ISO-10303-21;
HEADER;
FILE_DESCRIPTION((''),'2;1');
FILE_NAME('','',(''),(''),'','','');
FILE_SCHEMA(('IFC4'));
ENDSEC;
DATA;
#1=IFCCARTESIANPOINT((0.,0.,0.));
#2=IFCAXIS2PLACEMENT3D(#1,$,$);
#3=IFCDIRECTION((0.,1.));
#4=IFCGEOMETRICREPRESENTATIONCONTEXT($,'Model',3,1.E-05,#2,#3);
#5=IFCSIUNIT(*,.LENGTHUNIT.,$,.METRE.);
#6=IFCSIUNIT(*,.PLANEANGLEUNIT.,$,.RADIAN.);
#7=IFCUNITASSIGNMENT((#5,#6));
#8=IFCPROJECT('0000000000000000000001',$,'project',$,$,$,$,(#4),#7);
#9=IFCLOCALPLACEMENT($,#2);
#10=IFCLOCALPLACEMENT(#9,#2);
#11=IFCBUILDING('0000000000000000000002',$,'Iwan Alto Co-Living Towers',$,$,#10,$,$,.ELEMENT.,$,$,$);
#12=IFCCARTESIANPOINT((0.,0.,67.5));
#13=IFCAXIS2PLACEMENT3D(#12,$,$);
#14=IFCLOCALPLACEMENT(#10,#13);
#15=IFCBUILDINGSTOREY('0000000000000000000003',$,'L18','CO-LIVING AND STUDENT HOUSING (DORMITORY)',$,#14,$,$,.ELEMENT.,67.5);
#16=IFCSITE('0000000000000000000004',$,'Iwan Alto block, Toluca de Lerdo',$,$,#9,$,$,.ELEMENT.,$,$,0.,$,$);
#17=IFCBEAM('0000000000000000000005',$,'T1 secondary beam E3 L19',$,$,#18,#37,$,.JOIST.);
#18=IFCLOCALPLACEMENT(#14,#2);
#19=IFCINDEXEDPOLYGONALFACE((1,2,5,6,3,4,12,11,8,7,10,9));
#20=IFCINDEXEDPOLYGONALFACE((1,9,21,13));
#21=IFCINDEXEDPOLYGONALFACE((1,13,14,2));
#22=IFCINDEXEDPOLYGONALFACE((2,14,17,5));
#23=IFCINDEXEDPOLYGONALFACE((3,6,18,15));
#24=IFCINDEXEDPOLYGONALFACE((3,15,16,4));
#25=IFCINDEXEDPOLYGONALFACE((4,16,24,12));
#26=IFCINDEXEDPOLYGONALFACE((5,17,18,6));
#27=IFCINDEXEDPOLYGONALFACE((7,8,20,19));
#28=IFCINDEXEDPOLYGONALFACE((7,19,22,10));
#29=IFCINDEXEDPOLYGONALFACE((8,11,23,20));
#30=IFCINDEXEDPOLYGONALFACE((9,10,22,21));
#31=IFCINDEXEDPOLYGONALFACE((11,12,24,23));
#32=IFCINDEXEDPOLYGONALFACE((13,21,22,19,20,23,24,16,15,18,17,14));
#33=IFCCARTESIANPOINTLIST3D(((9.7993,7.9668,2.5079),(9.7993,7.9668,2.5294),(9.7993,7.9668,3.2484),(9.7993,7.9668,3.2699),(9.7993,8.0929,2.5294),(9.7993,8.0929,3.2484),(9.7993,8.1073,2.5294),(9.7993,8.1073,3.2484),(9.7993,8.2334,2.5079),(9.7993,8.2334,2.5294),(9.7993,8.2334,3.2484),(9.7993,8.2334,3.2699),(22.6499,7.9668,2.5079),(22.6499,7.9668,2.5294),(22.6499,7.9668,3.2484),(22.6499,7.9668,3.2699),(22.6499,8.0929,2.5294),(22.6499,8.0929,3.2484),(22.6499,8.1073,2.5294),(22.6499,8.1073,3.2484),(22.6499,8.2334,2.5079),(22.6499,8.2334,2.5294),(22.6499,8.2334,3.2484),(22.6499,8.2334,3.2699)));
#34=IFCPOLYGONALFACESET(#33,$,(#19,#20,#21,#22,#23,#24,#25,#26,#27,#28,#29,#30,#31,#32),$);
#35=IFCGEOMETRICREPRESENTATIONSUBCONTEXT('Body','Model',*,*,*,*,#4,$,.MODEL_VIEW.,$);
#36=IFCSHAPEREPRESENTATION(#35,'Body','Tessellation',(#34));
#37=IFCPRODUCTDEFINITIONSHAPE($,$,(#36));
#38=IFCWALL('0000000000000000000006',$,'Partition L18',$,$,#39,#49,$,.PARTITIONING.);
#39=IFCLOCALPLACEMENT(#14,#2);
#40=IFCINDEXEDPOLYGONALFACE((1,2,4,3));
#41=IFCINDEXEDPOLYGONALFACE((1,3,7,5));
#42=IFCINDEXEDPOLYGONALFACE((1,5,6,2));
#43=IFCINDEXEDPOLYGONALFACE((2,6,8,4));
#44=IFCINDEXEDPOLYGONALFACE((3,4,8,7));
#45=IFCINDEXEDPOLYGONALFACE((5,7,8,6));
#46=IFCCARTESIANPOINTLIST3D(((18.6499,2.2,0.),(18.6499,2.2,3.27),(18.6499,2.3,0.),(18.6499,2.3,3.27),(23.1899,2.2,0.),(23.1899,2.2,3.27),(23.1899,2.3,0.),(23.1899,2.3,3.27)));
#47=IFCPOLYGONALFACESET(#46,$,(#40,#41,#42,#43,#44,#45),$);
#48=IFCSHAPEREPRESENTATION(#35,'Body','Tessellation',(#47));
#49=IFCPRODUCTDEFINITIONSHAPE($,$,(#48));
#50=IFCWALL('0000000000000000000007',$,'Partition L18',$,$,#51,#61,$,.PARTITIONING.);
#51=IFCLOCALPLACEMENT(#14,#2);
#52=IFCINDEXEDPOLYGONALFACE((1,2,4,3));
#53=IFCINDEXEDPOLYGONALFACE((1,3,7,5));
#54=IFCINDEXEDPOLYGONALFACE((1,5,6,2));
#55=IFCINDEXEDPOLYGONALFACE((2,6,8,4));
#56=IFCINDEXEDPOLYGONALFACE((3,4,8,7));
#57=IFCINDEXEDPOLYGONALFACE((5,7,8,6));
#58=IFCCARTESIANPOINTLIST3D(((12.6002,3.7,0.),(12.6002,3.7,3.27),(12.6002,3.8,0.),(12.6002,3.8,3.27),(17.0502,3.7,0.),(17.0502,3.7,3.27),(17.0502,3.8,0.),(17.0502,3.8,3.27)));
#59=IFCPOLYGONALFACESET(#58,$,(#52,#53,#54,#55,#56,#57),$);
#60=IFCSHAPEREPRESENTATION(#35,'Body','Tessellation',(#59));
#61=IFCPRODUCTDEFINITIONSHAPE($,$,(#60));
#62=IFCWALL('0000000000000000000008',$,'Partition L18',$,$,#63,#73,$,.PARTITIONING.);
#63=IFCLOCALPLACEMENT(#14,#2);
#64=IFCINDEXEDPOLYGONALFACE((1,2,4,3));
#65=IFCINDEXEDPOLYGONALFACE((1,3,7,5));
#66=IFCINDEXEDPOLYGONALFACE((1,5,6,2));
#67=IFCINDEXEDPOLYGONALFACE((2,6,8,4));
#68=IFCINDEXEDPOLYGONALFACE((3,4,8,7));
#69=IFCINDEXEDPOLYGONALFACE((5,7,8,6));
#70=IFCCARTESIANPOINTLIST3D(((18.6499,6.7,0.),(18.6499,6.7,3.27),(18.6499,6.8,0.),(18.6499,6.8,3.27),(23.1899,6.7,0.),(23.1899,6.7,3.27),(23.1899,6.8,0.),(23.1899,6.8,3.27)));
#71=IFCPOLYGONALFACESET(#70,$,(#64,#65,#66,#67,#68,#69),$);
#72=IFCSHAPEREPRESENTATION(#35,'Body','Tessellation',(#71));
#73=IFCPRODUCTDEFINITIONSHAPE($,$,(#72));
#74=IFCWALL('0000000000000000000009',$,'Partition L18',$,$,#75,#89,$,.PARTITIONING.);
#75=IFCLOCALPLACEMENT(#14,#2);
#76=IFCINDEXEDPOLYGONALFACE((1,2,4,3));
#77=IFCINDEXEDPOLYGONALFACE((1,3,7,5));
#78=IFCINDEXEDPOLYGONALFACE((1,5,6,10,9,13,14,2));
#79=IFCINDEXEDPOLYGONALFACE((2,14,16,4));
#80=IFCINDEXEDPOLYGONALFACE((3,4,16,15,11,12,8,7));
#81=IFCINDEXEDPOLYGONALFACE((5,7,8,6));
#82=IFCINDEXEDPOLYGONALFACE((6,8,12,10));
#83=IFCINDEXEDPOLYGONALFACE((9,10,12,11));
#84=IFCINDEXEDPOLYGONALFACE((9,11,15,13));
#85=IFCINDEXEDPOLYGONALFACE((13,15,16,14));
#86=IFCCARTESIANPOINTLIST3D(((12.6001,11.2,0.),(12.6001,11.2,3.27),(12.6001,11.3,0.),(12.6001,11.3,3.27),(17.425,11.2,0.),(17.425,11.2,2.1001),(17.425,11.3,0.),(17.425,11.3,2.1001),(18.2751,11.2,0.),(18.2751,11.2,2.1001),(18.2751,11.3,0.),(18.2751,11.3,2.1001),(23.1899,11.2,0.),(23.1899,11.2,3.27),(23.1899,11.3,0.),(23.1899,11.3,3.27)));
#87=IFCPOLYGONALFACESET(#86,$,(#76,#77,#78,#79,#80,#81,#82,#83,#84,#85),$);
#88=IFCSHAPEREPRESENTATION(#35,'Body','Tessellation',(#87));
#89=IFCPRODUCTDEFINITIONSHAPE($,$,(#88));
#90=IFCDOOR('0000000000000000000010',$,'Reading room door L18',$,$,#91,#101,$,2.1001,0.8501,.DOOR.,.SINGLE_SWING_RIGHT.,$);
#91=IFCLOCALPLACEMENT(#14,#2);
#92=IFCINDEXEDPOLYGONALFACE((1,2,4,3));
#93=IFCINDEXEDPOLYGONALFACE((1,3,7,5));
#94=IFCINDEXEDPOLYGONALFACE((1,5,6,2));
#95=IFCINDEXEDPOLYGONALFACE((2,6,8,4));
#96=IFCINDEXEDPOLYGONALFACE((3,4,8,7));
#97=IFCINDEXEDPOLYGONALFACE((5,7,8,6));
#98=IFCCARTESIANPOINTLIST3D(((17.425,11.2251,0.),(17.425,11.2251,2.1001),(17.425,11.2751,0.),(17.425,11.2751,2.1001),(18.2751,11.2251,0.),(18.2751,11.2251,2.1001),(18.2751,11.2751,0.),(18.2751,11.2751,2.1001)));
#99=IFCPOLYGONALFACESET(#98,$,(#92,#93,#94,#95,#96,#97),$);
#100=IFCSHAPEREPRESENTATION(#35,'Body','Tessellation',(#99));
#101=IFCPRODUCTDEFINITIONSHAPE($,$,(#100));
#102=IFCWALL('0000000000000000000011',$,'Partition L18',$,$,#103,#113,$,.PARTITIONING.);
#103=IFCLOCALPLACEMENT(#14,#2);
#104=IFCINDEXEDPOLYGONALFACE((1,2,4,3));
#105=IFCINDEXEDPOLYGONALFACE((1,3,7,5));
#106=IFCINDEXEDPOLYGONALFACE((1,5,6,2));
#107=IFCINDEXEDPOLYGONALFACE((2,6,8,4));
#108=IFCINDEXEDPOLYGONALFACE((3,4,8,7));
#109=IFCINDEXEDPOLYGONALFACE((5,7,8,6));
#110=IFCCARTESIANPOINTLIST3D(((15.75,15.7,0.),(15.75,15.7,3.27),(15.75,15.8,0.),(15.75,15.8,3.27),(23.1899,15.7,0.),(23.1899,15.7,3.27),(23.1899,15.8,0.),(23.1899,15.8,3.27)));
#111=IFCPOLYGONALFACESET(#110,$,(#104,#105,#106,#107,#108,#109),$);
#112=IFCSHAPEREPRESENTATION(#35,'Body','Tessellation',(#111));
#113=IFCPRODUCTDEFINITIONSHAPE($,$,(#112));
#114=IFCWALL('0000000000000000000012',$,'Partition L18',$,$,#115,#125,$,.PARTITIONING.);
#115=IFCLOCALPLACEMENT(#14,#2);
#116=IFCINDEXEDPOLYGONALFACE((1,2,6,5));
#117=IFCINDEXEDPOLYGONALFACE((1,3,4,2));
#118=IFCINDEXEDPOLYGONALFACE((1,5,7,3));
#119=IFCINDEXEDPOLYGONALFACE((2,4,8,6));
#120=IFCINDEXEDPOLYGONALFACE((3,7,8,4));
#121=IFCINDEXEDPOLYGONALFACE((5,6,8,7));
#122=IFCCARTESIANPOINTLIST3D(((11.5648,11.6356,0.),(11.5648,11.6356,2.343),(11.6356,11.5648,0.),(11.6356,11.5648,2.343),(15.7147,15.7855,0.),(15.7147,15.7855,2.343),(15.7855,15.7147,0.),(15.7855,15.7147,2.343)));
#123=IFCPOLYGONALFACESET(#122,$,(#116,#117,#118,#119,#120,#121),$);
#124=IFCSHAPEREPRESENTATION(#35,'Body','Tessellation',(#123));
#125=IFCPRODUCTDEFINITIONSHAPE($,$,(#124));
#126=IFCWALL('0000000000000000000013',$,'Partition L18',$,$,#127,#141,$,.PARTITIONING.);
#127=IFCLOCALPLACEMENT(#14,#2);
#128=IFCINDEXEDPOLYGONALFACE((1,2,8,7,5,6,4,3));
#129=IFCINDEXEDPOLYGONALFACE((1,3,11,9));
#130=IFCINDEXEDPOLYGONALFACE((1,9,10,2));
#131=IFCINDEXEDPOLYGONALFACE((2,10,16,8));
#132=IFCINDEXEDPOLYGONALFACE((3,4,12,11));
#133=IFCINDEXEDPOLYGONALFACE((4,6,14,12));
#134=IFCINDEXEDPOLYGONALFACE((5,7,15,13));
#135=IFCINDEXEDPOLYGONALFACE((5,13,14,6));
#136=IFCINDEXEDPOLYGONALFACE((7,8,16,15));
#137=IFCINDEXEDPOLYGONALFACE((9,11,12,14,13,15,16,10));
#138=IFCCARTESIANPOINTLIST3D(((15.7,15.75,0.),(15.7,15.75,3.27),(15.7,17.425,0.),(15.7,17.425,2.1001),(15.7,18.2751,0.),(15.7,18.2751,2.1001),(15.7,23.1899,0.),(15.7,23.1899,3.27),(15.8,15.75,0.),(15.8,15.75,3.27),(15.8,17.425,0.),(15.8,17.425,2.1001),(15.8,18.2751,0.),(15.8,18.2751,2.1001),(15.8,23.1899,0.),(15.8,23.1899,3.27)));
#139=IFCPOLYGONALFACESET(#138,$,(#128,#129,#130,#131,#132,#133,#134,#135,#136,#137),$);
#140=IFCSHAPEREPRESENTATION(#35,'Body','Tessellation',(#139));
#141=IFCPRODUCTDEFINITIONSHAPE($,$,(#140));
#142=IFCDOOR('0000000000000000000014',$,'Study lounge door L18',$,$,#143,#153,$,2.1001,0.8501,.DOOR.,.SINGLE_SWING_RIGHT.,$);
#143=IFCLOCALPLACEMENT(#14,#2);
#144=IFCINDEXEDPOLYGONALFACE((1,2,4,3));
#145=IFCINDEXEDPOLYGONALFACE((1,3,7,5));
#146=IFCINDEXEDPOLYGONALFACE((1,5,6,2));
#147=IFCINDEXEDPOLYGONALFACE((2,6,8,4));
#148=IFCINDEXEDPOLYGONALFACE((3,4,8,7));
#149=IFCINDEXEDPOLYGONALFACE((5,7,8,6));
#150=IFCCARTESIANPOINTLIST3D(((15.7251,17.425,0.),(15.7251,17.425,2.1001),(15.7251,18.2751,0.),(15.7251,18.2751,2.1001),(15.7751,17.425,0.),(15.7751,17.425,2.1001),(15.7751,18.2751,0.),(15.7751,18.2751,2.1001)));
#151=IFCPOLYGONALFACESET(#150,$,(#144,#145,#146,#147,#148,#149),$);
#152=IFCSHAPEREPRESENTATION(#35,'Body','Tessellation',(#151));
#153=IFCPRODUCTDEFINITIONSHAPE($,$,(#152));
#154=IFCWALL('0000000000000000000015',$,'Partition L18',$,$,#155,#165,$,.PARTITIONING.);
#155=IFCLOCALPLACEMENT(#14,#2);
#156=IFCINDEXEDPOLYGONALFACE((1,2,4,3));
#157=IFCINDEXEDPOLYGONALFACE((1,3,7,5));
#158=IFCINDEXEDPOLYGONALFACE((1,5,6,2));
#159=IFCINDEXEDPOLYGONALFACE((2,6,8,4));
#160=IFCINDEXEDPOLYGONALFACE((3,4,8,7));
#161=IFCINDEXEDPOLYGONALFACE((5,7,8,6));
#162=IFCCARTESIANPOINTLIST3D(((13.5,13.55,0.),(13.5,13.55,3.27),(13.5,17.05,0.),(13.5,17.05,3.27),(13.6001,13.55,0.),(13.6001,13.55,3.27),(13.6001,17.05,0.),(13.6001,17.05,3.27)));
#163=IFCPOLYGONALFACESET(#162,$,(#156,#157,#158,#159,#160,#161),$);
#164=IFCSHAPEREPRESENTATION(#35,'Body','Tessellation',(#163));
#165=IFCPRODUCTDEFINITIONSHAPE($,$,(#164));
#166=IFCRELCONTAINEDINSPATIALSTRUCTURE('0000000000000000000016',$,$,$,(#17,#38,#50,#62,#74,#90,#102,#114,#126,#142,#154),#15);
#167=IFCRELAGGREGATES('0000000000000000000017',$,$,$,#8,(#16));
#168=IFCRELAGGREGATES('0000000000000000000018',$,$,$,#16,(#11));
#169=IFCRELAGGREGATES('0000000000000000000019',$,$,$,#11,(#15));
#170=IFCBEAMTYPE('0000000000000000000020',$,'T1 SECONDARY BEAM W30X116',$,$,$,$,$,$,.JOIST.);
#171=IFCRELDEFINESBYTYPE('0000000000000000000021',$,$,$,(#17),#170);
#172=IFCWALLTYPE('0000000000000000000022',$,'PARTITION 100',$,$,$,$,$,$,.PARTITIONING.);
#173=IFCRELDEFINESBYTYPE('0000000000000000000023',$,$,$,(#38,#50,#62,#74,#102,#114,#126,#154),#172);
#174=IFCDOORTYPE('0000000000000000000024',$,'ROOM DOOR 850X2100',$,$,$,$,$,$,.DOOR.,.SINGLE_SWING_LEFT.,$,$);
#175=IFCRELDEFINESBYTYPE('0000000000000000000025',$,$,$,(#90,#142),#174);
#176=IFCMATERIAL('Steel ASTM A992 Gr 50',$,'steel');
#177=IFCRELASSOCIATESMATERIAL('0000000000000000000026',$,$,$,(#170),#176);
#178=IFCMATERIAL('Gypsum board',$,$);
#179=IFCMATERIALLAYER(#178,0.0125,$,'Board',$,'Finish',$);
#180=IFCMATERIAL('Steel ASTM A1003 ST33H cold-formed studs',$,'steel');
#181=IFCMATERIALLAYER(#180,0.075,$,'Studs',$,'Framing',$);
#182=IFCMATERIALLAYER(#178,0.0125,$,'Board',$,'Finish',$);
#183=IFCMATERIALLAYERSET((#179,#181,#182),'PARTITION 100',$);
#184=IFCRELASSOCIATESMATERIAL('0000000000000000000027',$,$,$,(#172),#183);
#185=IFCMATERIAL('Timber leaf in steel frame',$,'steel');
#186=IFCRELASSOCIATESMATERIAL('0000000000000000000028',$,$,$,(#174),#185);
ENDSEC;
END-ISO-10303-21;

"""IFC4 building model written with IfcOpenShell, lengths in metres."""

from ifc_helpers import new_model, si_unit, direction, frame, frame_2d, origin, origin_2d, place, context, subcontext, project, spatial, rectangle, i_section, extrude, material, layer, layer_set, material_profile, profile_set, type_object, element, fill, save


model = new_model("IFC4")

# Units and contexts
model_context = context("Model", 3, precision=1e-05, world=origin(), true_north=direction((0.0, 1.0)))
body_context = subcontext(model_context, "Body", "Model", "MODEL_VIEW")
ifc_project = project(units=[si_unit("LENGTHUNIT", "METRE"), si_unit("PLANEANGLEUNIT", "RADIAN")], contexts=[model_context])

# Site, building, storey
site_placement = place(None, origin())
site = spatial("IfcSite", under=ifc_project, at=site_placement, Name="Iwan Alto block, Toluca de Lerdo", CompositionType="ELEMENT", RefElevation=0.0)
building_placement = place(site_placement, origin())
building = spatial("IfcBuilding", under=site, at=building_placement, Name="Iwan Alto Co-Living Towers", CompositionType="ELEMENT")
storey_placement = place(building_placement, frame((0.0, 0.0, 67.5)))
storey = spatial("IfcBuildingStorey", under=building, at=storey_placement, Name="L18", Description="CO-LIVING AND STUDENT HOUSING (DORMITORY)", CompositionType="ELEMENT", Elevation=67.5)

# Beam
ifc_material_1 = material(Name="Steel ASTM A992 Gr 50", Category="steel")
ifc_material_profile_1 = material_profile(ifc_material_1, i_section(OverallWidth=0.2666, OverallDepth=0.762, WebThickness=0.0144, FlangeThickness=0.0215, at=origin_2d()), Name="W30X116")
ifc_profile_set_1 = profile_set([ifc_material_profile_1], Name="Steel ASTM A992 Gr 50")
beam_type_1 = type_object("IfcBeamType", Name="T1 SECONDARY BEAM W30X116", PredefinedType="JOIST", material=ifc_profile_set_1)
for number, where, z_axis, x_axis, name in (
    (1, (22.6499, 8.1001, 2.8889), (-1.0, 0.0, 0.0), (0.0, -1.0, 0.0), "T1 secondary beam E3 L19"),
):
    element("IfcBeam", number, at=place(storey_placement, frame(where, z_axis=z_axis, x_axis=x_axis)), inside=storey, type_object=beam_type_1, Name=name, PredefinedType="JOIST", context=body_context, shape_type="SweptSolid", body=[
        extrude(i_section(OverallWidth=0.2666, OverallDepth=0.762, WebThickness=0.0144, FlangeThickness=0.0215, at=origin_2d()), origin(), (0.0, 0.0, 1.0), 12.8506),
    ])

# Walls
ifc_material_2 = material(Name="Gypsum board")
ifc_layer_1 = layer(ifc_material_2, 0.0125, Name="Board", Category="Finish")
ifc_material_3 = material(Name="Steel ASTM A1003 ST33H cold-formed studs", Category="steel")
ifc_layer_2 = layer(ifc_material_3, 0.075, Name="Studs", Category="Framing")
ifc_layer_3 = layer(ifc_material_2, 0.0125, Name="Board", Category="Finish")
ifc_layer_set_1 = layer_set([ifc_layer_1, ifc_layer_2, ifc_layer_3], Name="PARTITION 100")
wall_type_1 = type_object("IfcWallType", Name="PARTITION 100", PredefinedType="PARTITIONING", material=ifc_layer_set_1)
wall_1_placement = place(storey_placement, frame((18.6499, 2.25, 0.0), z_axis=(0.0, 0.0, 1.0), x_axis=(1.0, 0.0, 0.0)))
element("IfcWall", 2, at=wall_1_placement, inside=storey, type_object=wall_type_1, Name="Partition L18", PredefinedType="PARTITIONING", context=body_context, shape_type="SweptSolid", body=[
    extrude(rectangle(XDim=4.54, YDim=0.1001, at=frame_2d((2.27, 0.0))), origin(), (0.0, 0.0, 1.0), 3.27),
])
wall_2_placement = place(storey_placement, frame((12.6001, 3.75, 0.0), z_axis=(0.0, 0.0, 1.0), x_axis=(1.0, 0.0, 0.0)))
element("IfcWall", 3, at=wall_2_placement, inside=storey, type_object=wall_type_1, Name="Partition L18", PredefinedType="PARTITIONING", context=body_context, shape_type="SweptSolid", body=[
    extrude(rectangle(XDim=4.45, YDim=0.1001, at=frame_2d((2.2251, 0.0))), origin(), (0.0, 0.0, 1.0), 3.27),
])
wall_3_placement = place(storey_placement, frame((18.6499, 6.75, 0.0), z_axis=(0.0, 0.0, 1.0), x_axis=(1.0, 0.0, 0.0)))
element("IfcWall", 4, at=wall_3_placement, inside=storey, type_object=wall_type_1, Name="Partition L18", PredefinedType="PARTITIONING", context=body_context, shape_type="SweptSolid", body=[
    extrude(rectangle(XDim=4.54, YDim=0.1001, at=frame_2d((2.27, 0.0))), origin(), (0.0, 0.0, 1.0), 3.27),
])

# Wall, opening, door
wall_4_placement = place(storey_placement, frame((12.6001, 11.25, 0.0), z_axis=(0.0, 0.0, 1.0), x_axis=(1.0, 0.0, 0.0)))
wall_4 = element("IfcWall", 5, at=wall_4_placement, inside=storey, type_object=wall_type_1, Name="Partition L18", PredefinedType="PARTITIONING", context=body_context, shape_type="SweptSolid", body=[
    extrude(rectangle(XDim=10.5898, YDim=0.1001, at=frame_2d((5.2949, 0.0))), origin(), (0.0, 0.0, 1.0), 3.27),
])
opening_1_placement = place(wall_4_placement, frame((4.825, 0.0, 0.0)))
opening_1 = element("IfcOpeningElement", 6, at=opening_1_placement, cuts=wall_4, PredefinedType="OPENING", context=body_context, shape_type="SweptSolid", body=[
    extrude(rectangle(XDim=0.8501, YDim=2.1001, at=frame_2d((0.425, 1.05))), frame((0.0, 0.0601, 0.0), z_axis=(0.0, -1.0, 0.0), x_axis=(1.0, 0.0, 0.0)), (0.0, 0.0, 1.0), 0.1201),
])
ifc_material_4 = material(Name="Timber leaf in steel frame", Category="steel")
door_type = type_object("IfcDoorType", Name="ROOM DOOR 850X2100", OperationType="SINGLE_SWING_LEFT", PredefinedType="DOOR", material=ifc_material_4)
door_1_placement = place(opening_1_placement, frame((0.8501, 0.0, 0.0), z_axis=(0.0, 0.0, 1.0), x_axis=(-1.0, 0.0, 0.0)))
door_1 = element("IfcDoor", 7, at=door_1_placement, inside=storey, type_object=door_type, Name="Reading room door L18", OperationType="SINGLE_SWING_RIGHT", OverallHeight=2.1001, OverallWidth=0.8501, PredefinedType="DOOR", context=body_context, shape_type="SweptSolid", body=[
    extrude(rectangle(XDim=0.8501, YDim=2.1001, at=frame_2d((0.425, 1.05))), frame((0.0, 0.0249, 0.0), z_axis=(0.0, -1.0, 0.0), x_axis=(1.0, 0.0, 0.0)), (0.0, 0.0, 1.0), 0.05),
])
fill(opening_1, door_1)

# Walls
wall_5_placement = place(storey_placement, frame((15.75, 15.75, 0.0), z_axis=(0.0, 0.0, 1.0), x_axis=(1.0, 0.0, 0.0)))
element("IfcWall", 8, at=wall_5_placement, inside=storey, type_object=wall_type_1, Name="Partition L18", PredefinedType="PARTITIONING", context=body_context, shape_type="SweptSolid", body=[
    extrude(rectangle(XDim=7.4399, YDim=0.1001, at=frame_2d((3.72, 0.0))), origin(), (0.0, 0.0, 1.0), 3.27),
])
wall_6_placement = place(storey_placement, frame((11.6001, 11.6001, 0.0), z_axis=(0.0, 0.0, 1.0), x_axis=(0.707107, 0.707107, 0.0)))
element("IfcWall", 9, at=wall_6_placement, inside=storey, type_object=wall_type_1, Name="Partition L18", PredefinedType="PARTITIONING", context=body_context, shape_type="SweptSolid", body=[
    extrude(rectangle(XDim=5.8689, YDim=0.1001, at=frame_2d((2.9346, 0.0))), origin(), (0.0, 0.0, 1.0), 2.343),
])

# Wall, opening, door
wall_7_placement = place(storey_placement, frame((15.75, 15.75, 0.0), z_axis=(0.0, 0.0, 1.0), x_axis=(0.0, 1.0, 0.0)))
wall_7 = element("IfcWall", 10, at=wall_7_placement, inside=storey, type_object=wall_type_1, Name="Partition L18", PredefinedType="PARTITIONING", context=body_context, shape_type="SweptSolid", body=[
    extrude(rectangle(XDim=7.4399, YDim=0.1001, at=frame_2d((3.72, 0.0))), origin(), (0.0, 0.0, 1.0), 3.27),
])
opening_2_placement = place(wall_7_placement, frame((1.675, 0.0, 0.0)))
opening_2 = element("IfcOpeningElement", 11, at=opening_2_placement, cuts=wall_7, PredefinedType="OPENING", context=body_context, shape_type="SweptSolid", body=[
    extrude(rectangle(XDim=0.8501, YDim=2.1001, at=frame_2d((0.425, 1.05))), frame((0.0, 0.0601, 0.0), z_axis=(0.0, -1.0, 0.0), x_axis=(1.0, 0.0, 0.0)), (0.0, 0.0, 1.0), 0.1201),
])
door_2_placement = place(opening_2_placement, origin())
door_2 = element("IfcDoor", 12, at=door_2_placement, inside=storey, type_object=door_type, Name="Study lounge door L18", OperationType="SINGLE_SWING_RIGHT", OverallHeight=2.1001, OverallWidth=0.8501, PredefinedType="DOOR", context=body_context, shape_type="SweptSolid", body=[
    extrude(rectangle(XDim=0.8501, YDim=2.1001, at=frame_2d((0.425, 1.05))), frame((0.0, 0.0249, 0.0), z_axis=(0.0, -1.0, 0.0), x_axis=(1.0, 0.0, 0.0)), (0.0, 0.0, 1.0), 0.05),
])
fill(opening_2, door_2)

# Wall
wall_8_placement = place(storey_placement, frame((13.55, 13.55, 0.0), z_axis=(0.0, 0.0, 1.0), x_axis=(0.0, 1.0, 0.0)))
element("IfcWall", 13, at=wall_8_placement, inside=storey, type_object=wall_type_1, Name="Partition L18", PredefinedType="PARTITIONING", context=body_context, shape_type="SweptSolid", body=[
    extrude(rectangle(XDim=3.5, YDim=0.1001, at=frame_2d((1.75, 0.0))), origin(), (0.0, 0.0, 1.0), 3.27),
])

save(model, "model.ifc")
